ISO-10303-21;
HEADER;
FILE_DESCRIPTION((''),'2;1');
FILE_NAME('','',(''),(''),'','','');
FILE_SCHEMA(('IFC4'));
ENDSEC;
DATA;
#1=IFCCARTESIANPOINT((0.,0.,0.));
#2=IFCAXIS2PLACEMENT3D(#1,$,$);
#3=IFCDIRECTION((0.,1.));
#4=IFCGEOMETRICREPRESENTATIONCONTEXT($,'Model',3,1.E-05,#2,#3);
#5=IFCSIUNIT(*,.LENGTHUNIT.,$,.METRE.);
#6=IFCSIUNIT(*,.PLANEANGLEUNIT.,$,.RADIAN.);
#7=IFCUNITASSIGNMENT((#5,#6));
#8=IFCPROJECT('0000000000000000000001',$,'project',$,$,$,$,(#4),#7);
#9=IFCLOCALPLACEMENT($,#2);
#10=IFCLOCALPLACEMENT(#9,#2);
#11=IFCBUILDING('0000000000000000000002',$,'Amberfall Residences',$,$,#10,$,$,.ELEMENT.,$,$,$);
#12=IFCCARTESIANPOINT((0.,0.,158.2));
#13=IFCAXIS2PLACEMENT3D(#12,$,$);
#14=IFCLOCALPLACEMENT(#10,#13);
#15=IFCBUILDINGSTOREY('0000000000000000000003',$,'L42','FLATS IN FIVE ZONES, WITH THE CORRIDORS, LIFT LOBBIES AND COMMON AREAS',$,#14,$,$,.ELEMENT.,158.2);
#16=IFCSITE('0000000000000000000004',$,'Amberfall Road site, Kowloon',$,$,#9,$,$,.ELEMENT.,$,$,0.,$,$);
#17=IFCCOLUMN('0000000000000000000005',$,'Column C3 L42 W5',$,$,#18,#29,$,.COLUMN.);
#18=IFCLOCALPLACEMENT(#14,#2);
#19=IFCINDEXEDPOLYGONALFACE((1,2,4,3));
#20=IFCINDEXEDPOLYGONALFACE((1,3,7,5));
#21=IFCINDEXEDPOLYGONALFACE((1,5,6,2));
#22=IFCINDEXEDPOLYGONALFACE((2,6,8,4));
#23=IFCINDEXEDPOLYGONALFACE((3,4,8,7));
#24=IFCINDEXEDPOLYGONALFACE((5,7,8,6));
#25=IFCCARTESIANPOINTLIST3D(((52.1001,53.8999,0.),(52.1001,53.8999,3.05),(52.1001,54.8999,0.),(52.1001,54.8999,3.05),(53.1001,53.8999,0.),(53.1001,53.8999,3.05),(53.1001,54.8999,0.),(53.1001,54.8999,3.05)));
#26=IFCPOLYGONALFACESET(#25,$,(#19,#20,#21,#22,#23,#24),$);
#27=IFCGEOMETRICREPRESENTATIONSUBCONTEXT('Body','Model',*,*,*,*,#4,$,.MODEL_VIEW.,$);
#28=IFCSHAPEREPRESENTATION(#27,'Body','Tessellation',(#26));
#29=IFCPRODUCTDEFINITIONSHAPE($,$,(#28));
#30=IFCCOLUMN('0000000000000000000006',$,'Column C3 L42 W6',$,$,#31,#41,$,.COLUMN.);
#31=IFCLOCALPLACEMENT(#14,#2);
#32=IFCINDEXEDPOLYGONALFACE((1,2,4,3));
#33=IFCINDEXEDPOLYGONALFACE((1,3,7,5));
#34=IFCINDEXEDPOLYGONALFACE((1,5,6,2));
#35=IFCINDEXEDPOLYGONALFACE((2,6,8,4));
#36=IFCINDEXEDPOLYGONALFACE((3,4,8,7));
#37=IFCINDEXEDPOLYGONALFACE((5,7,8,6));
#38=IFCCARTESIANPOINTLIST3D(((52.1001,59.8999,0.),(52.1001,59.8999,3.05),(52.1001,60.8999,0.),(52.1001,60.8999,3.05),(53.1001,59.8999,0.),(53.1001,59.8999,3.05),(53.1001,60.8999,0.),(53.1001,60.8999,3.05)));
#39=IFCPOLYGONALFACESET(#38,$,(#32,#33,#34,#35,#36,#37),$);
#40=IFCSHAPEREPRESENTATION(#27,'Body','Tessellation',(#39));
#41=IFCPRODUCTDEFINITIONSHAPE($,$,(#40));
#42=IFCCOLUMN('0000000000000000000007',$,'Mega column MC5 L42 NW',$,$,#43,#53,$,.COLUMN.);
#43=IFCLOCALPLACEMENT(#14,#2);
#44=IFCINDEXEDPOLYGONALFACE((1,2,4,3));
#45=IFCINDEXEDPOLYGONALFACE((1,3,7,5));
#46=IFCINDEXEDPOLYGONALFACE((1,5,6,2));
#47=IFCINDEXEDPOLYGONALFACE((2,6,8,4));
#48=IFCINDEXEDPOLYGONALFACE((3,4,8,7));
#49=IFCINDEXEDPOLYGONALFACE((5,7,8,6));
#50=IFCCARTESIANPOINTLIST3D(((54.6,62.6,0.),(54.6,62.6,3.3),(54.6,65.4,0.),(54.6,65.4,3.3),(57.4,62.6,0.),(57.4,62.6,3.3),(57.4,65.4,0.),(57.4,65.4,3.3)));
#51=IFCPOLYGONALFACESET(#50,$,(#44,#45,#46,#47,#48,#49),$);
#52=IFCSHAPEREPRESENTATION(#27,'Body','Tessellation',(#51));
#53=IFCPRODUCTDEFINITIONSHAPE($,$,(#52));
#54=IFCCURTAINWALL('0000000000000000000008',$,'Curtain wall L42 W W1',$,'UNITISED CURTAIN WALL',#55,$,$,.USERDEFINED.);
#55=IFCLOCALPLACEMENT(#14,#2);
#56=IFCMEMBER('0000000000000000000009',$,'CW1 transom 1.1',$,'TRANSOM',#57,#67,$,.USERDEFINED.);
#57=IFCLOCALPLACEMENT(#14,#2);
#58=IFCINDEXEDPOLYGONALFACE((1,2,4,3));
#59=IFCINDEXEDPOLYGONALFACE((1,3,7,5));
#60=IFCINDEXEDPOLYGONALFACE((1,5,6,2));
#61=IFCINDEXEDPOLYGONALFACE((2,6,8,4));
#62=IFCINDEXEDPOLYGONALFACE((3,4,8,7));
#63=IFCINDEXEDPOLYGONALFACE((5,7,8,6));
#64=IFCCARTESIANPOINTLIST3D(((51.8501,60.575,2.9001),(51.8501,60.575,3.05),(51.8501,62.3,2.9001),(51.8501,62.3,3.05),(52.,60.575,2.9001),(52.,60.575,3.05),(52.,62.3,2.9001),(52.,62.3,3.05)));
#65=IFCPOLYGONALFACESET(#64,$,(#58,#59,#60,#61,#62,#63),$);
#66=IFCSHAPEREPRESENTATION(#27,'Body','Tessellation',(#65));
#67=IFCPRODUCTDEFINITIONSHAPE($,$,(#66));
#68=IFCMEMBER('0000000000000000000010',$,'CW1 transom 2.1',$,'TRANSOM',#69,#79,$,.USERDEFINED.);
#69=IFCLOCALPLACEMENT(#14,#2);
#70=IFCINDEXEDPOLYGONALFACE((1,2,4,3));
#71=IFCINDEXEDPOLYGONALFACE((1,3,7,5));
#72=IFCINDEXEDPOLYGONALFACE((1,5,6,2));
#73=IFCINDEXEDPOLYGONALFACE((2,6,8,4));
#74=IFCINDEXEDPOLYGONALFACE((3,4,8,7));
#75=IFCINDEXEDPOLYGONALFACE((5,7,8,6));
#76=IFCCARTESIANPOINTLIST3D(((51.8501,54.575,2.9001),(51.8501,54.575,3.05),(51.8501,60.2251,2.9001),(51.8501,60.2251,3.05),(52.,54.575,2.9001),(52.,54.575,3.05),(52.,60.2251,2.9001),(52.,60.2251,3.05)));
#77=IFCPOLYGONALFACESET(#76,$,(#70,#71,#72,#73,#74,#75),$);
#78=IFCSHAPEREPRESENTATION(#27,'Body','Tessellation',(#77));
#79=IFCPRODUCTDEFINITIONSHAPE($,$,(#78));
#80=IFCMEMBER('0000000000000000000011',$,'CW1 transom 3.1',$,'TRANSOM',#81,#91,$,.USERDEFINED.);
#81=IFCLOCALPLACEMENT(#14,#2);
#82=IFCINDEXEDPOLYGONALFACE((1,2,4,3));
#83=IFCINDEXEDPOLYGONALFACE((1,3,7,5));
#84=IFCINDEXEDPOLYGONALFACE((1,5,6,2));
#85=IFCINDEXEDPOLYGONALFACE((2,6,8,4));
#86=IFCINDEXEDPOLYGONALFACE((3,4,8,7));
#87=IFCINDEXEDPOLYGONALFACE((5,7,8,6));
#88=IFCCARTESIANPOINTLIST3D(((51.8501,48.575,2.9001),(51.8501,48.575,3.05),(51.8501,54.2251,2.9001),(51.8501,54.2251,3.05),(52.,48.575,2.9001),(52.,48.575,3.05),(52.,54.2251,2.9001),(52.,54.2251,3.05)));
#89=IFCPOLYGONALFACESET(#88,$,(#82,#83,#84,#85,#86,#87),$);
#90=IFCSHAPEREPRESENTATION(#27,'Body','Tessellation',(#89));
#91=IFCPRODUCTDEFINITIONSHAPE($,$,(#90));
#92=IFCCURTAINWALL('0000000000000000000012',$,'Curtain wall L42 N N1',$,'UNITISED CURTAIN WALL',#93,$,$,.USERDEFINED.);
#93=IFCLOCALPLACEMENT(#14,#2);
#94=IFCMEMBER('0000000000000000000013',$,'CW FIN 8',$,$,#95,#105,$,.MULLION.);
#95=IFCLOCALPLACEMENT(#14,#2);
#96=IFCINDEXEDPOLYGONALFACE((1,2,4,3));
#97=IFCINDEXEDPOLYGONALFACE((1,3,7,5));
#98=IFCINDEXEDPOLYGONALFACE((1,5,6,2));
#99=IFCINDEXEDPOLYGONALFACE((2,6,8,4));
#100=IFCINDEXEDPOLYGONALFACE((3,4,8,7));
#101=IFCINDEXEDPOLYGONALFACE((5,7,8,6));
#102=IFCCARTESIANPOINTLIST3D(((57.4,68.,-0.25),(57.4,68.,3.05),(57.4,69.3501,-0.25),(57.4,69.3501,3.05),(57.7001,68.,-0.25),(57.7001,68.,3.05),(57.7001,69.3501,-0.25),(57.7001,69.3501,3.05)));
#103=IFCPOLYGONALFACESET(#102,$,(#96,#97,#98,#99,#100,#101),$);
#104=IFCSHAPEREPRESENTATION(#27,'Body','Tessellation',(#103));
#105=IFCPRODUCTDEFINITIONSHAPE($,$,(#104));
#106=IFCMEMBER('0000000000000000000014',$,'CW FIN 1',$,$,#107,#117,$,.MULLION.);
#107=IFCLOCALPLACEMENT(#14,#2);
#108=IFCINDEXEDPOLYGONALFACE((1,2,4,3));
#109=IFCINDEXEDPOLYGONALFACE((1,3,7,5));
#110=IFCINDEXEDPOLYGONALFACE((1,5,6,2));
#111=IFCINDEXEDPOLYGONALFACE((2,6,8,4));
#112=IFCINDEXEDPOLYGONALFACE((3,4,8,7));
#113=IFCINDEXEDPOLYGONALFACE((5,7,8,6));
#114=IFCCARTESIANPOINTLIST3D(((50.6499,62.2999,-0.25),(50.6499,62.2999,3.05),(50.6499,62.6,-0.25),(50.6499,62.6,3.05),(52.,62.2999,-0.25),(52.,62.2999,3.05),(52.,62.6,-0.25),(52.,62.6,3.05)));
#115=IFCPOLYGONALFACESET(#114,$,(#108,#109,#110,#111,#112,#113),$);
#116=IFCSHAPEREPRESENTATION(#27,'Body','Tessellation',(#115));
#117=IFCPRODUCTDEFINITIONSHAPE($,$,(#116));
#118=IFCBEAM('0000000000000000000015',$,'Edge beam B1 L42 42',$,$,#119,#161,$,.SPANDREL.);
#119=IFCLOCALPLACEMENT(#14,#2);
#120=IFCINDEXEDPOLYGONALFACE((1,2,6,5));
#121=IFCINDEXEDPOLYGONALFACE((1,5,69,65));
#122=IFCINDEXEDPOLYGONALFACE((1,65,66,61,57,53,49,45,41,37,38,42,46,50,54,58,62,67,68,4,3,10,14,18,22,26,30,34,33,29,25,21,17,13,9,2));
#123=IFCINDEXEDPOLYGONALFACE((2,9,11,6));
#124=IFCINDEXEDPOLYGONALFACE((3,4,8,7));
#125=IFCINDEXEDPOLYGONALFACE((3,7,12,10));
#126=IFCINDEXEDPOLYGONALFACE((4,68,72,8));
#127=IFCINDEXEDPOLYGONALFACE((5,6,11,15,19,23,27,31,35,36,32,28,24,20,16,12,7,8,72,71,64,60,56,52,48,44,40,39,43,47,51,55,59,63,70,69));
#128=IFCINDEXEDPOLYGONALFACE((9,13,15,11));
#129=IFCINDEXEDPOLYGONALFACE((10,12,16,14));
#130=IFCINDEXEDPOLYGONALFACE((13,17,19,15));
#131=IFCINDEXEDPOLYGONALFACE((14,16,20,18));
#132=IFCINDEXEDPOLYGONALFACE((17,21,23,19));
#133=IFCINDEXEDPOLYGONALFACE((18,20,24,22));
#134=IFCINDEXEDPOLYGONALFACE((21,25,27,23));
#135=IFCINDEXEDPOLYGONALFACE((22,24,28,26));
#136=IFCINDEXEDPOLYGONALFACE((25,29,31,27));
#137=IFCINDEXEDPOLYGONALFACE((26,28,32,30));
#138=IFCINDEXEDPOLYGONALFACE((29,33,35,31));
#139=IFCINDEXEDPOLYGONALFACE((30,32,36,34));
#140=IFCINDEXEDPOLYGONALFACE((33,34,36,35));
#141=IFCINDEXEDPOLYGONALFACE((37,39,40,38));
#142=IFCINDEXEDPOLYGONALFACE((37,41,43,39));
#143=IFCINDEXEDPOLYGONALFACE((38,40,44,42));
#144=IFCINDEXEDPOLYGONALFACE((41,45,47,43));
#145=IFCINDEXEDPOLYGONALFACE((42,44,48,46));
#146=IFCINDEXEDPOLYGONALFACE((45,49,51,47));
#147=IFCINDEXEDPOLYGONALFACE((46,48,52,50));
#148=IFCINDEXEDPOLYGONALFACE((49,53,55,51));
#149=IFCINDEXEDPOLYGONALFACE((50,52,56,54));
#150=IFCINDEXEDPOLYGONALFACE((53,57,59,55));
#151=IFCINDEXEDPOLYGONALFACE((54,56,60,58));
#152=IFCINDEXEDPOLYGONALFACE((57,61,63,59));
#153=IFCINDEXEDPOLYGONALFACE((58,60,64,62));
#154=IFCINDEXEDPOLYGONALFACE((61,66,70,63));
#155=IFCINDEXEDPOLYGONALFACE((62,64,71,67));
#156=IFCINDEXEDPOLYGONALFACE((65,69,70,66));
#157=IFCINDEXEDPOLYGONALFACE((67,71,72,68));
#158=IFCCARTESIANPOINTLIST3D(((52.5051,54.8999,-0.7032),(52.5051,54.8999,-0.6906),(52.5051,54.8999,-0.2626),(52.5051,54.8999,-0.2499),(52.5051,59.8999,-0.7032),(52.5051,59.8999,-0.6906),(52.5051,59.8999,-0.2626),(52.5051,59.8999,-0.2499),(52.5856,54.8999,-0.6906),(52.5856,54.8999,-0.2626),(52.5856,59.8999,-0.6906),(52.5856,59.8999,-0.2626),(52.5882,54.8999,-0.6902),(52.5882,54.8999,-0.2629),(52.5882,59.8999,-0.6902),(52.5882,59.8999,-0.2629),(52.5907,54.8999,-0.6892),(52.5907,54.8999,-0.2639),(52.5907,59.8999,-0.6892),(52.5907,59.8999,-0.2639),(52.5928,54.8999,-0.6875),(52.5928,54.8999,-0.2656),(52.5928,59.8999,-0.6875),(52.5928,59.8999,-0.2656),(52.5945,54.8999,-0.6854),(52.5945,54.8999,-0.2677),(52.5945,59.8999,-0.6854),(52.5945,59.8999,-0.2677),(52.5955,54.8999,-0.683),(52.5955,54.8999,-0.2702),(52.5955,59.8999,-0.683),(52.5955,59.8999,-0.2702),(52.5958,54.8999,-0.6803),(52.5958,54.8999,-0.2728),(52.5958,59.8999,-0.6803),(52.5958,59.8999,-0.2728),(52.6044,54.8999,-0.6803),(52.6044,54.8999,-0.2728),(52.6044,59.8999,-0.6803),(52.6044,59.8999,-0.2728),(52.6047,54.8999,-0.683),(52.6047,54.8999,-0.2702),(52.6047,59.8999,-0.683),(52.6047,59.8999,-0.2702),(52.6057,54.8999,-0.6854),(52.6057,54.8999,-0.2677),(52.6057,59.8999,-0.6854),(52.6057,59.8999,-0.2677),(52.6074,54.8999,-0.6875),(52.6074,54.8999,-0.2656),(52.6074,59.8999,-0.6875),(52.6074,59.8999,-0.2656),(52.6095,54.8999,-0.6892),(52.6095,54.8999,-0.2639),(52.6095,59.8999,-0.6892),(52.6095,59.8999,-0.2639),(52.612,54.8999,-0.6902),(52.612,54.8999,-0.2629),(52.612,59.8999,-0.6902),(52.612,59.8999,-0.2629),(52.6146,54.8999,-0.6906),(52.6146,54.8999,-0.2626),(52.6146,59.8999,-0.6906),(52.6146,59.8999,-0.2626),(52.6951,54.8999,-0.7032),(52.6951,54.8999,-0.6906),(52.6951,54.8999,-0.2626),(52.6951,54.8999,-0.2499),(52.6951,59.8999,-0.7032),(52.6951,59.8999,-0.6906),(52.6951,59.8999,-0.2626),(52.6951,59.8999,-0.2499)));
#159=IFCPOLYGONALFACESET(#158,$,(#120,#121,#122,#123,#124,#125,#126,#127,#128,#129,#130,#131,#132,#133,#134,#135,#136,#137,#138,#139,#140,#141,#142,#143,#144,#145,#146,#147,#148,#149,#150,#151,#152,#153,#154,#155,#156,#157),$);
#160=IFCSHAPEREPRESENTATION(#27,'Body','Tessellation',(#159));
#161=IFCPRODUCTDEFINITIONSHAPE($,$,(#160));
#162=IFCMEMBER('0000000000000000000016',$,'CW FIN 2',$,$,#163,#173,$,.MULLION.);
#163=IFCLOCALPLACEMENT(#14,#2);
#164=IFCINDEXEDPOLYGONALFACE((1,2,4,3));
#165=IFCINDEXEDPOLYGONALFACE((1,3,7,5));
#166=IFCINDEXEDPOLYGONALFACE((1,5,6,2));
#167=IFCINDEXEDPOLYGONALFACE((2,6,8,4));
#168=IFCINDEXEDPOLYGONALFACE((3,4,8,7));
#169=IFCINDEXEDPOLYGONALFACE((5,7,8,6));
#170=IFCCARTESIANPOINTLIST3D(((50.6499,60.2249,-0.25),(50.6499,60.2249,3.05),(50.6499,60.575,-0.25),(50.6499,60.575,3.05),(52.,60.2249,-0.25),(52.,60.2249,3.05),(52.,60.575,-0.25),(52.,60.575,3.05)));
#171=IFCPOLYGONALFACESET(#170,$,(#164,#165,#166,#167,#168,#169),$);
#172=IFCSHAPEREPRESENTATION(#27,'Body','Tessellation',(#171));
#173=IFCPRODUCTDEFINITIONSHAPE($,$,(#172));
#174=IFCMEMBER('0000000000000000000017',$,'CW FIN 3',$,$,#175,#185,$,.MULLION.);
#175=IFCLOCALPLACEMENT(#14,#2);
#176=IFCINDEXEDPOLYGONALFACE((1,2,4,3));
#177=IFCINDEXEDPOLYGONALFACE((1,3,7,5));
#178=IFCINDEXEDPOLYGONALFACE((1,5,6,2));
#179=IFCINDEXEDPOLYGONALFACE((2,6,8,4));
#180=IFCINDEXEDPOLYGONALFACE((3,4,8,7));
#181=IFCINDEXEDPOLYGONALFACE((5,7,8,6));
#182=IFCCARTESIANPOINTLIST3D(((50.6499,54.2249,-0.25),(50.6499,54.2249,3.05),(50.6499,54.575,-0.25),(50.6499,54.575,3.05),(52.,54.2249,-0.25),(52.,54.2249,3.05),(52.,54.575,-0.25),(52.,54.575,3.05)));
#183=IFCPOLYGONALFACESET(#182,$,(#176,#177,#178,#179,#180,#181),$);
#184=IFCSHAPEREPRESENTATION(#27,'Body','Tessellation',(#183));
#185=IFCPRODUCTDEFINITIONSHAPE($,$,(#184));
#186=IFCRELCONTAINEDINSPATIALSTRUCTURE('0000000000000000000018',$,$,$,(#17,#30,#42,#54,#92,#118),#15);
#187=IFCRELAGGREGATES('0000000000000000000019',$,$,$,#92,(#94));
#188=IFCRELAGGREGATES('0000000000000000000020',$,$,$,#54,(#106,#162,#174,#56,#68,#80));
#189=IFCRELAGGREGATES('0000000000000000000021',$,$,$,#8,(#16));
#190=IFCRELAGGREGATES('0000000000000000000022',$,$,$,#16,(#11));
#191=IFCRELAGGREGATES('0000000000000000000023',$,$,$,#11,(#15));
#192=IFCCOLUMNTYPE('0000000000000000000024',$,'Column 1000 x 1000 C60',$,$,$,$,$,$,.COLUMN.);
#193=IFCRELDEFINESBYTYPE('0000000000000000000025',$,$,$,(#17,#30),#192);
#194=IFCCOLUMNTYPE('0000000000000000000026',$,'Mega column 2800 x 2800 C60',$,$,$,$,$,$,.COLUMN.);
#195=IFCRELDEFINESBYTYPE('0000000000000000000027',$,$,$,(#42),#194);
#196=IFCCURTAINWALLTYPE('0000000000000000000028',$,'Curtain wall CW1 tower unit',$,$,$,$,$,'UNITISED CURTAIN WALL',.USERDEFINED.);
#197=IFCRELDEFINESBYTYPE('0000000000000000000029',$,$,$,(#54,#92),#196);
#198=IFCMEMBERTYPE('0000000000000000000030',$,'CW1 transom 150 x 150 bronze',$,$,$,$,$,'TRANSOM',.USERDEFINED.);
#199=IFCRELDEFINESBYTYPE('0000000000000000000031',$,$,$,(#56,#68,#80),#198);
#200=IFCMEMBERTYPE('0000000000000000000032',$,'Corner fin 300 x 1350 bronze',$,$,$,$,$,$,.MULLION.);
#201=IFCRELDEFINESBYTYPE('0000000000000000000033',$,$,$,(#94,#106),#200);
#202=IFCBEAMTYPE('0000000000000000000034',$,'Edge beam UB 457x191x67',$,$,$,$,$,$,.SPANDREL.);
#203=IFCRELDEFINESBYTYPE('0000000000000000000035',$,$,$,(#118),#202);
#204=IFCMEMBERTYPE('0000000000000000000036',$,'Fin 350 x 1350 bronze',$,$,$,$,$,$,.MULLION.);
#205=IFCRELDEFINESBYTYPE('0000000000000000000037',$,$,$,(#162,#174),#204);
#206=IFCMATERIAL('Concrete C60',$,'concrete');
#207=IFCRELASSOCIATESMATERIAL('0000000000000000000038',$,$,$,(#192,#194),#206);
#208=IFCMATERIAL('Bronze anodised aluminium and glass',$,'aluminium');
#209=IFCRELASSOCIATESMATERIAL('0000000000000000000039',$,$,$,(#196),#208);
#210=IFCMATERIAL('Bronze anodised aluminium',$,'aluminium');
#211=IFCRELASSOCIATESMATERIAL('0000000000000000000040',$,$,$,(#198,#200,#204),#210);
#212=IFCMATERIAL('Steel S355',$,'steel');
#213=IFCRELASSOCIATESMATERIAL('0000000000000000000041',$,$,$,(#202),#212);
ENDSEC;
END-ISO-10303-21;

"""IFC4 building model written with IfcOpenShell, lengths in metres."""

from ifc_helpers import new_model, si_unit, direction, frame, origin, origin_2d, place, context, subcontext, project, spatial, rectangle, i_section, extrude, material, material_profile, profile_set, type_object, element, aggregate, save


model = new_model("IFC4")

# Units and contexts
model_context = context("Model", 3, precision=1e-05, world=origin(), true_north=direction((0.0, 1.0)))
body_context = subcontext(model_context, "Body", "Model", "MODEL_VIEW")
ifc_project = project(units=[si_unit("LENGTHUNIT", "METRE"), si_unit("PLANEANGLEUNIT", "RADIAN")], contexts=[model_context])

# Site, building, storey
site_placement = place(None, origin())
site = spatial("IfcSite", under=ifc_project, at=site_placement, Name="Amberfall Road site, Kowloon", CompositionType="ELEMENT", RefElevation=0.0)
building_placement = place(site_placement, origin())
building = spatial("IfcBuilding", under=site, at=building_placement, Name="Amberfall Residences", CompositionType="ELEMENT")
storey_placement = place(building_placement, frame((0.0, 0.0, 158.2)))
storey = spatial("IfcBuildingStorey", under=building, at=storey_placement, Name="L42", Description="FLATS IN FIVE ZONES, WITH THE CORRIDORS, LIFT LOBBIES AND COMMON AREAS", CompositionType="ELEMENT", Elevation=158.2)

# Columns
ifc_material_1 = material(Name="Concrete C60", Category="concrete")
ifc_material_profile_1 = material_profile(ifc_material_1, rectangle(XDim=1.0, YDim=1.0, at=origin_2d()), Name="Column 1000 x 1000 C60")
ifc_profile_set_1 = profile_set([ifc_material_profile_1], Name="Concrete C60")
column_type_1 = type_object("IfcColumnType", Name="Column 1000 x 1000 C60", PredefinedType="COLUMN", material=ifc_profile_set_1)
for number, where, z_axis, x_axis, name in (
    (1, (52.6001, 54.3999, 0.0), (0.0, 0.0, 1.0), (1.0, 0.0, 0.0), "Column C3 L42 W5"),
    (2, (52.6001, 60.3999, 0.0), (0.0, 0.0, 1.0), (1.0, 0.0, 0.0), "Column C3 L42 W6"),
):
    element("IfcColumn", number, at=place(storey_placement, frame(where, z_axis=z_axis, x_axis=x_axis)), inside=storey, type_object=column_type_1, Name=name, PredefinedType="COLUMN", context=body_context, shape_type="SweptSolid", body=[
        extrude(rectangle(XDim=1.0, YDim=1.0, at=origin_2d()), origin(), (0.0, 0.0, 1.0), 3.05),
    ])
ifc_material_profile_2 = material_profile(ifc_material_1, rectangle(XDim=2.8, YDim=2.8, at=origin_2d()), Name="Mega column 2800 x 2800 C60")
ifc_profile_set_2 = profile_set([ifc_material_profile_2], Name="Concrete C60")
column_type_2 = type_object("IfcColumnType", Name="Mega column 2800 x 2800 C60", PredefinedType="COLUMN", material=ifc_profile_set_2)
column_placement = place(storey_placement, frame((56.0, 64.0, 0.0), z_axis=(0.0, 0.0, 1.0), x_axis=(1.0, 0.0, 0.0)))
element("IfcColumn", 3, at=column_placement, inside=storey, type_object=column_type_2, Name="Mega column MC5 L42 NW", PredefinedType="COLUMN", context=body_context, shape_type="SweptSolid", body=[
    extrude(rectangle(XDim=2.8, YDim=2.8, at=origin_2d()), origin(), (0.0, 0.0, 1.0), 3.3),
])

# Curtain wall, members
ifc_material_2 = material(Name="Bronze anodised aluminium and glass", Category="aluminium")
curtain_wall_type = type_object("IfcCurtainWallType", Name="Curtain wall CW1 tower unit", ElementType="UNITISED CURTAIN WALL", PredefinedType="USERDEFINED", material=ifc_material_2)
curtain_wall_1_placement = place(storey_placement, origin())
curtain_wall_1 = element("IfcCurtainWall", 4, at=curtain_wall_1_placement, inside=storey, type_object=curtain_wall_type, Name="Curtain wall L42 W W1", ObjectType="UNITISED CURTAIN WALL", PredefinedType="USERDEFINED")
ifc_material_3 = material(Name="Bronze anodised aluminium", Category="aluminium")
ifc_material_profile_3 = material_profile(ifc_material_3, rectangle(XDim=0.1499, YDim=0.1499, at=origin_2d()), Name="CW1 transom 150 x 150 bronze")
ifc_profile_set_3 = profile_set([ifc_material_profile_3], Name="Bronze anodised aluminium")
member_type_1 = type_object("IfcMemberType", Name="CW1 transom 150 x 150 bronze", ElementType="TRANSOM", PredefinedType="USERDEFINED", material=ifc_profile_set_3)
member_1_placement = place(storey_placement, frame((51.925, 62.3, 2.9751), z_axis=(0.0, -1.0, 0.0), x_axis=(1.0, 0.0, 0.0)))
member_1 = element("IfcMember", 5, at=member_1_placement, type_object=member_type_1, Name="CW1 transom 1.1", ObjectType="TRANSOM", PredefinedType="USERDEFINED", context=body_context, shape_type="SweptSolid", body=[
    extrude(rectangle(XDim=0.1499, YDim=0.1499, at=origin_2d()), origin(), (0.0, 0.0, 1.0), 1.7251),
])
member_2_placement = place(storey_placement, frame((51.925, 60.2251, 2.9751), z_axis=(0.0, -1.0, 0.0), x_axis=(1.0, 0.0, 0.0)))
member_2 = element("IfcMember", 6, at=member_2_placement, type_object=member_type_1, Name="CW1 transom 2.1", ObjectType="TRANSOM", PredefinedType="USERDEFINED", context=body_context, shape_type="SweptSolid", body=[
    extrude(rectangle(XDim=0.1499, YDim=0.1499, at=origin_2d()), origin(), (0.0, 0.0, 1.0), 5.6501),
])
member_3_placement = place(storey_placement, frame((51.925, 54.2251, 2.9751), z_axis=(0.0, -1.0, 0.0), x_axis=(1.0, 0.0, 0.0)))
member_3 = element("IfcMember", 7, at=member_3_placement, type_object=member_type_1, Name="CW1 transom 3.1", ObjectType="TRANSOM", PredefinedType="USERDEFINED", context=body_context, shape_type="SweptSolid", body=[
    extrude(rectangle(XDim=0.1499, YDim=0.1499, at=origin_2d()), origin(), (0.0, 0.0, 1.0), 5.6501),
])

# Curtain wall, member
curtain_wall_2_placement = place(storey_placement, origin())
curtain_wall_2 = element("IfcCurtainWall", 8, at=curtain_wall_2_placement, inside=storey, type_object=curtain_wall_type, Name="Curtain wall L42 N N1", ObjectType="UNITISED CURTAIN WALL", PredefinedType="USERDEFINED")
ifc_material_profile_4 = material_profile(ifc_material_3, rectangle(XDim=1.3501, YDim=0.3, at=origin_2d()), Name="Corner fin 300 x 1350 bronze")
ifc_profile_set_4 = profile_set([ifc_material_profile_4], Name="Bronze anodised aluminium")
member_type_2 = type_object("IfcMemberType", Name="Corner fin 300 x 1350 bronze", PredefinedType="MULLION", material=ifc_profile_set_4)
member_4_placement = place(storey_placement, frame((57.55, 68.675, -0.25), z_axis=(0.0, 0.0, 1.0), x_axis=(0.0, -1.0, 0.0)))
member_4 = element("IfcMember", 9, at=member_4_placement, type_object=member_type_2, Name="CW FIN 8", PredefinedType="MULLION", context=body_context, shape_type="SweptSolid", body=[
    extrude(rectangle(XDim=1.3501, YDim=0.3, at=origin_2d()), origin(), (0.0, 0.0, 1.0), 3.3),
])
aggregate(curtain_wall_2, [member_4])

# Member
member_5_placement = place(storey_placement, frame((51.325, 62.45, -0.25), z_axis=(0.0, 0.0, 1.0), x_axis=(1.0, 0.0, 0.0)))
member_5 = element("IfcMember", 10, at=member_5_placement, type_object=member_type_2, Name="CW FIN 1", PredefinedType="MULLION", context=body_context, shape_type="SweptSolid", body=[
    extrude(rectangle(XDim=1.3501, YDim=0.3, at=origin_2d()), origin(), (0.0, 0.0, 1.0), 3.3),
])

# Beam
ifc_material_4 = material(Name="Steel S355", Category="steel")
ifc_material_profile_5 = material_profile(ifc_material_4, i_section(OverallWidth=0.1899, OverallDepth=0.4534, WebThickness=0.0085, FlangeThickness=0.0127, FilletRadius=0.0103, at=origin_2d()), Name="UB 457x191x67")
ifc_profile_set_5 = profile_set([ifc_material_profile_5], Name="Steel S355")
beam_type_1 = type_object("IfcBeamType", Name="Edge beam UB 457x191x67", PredefinedType="SPANDREL", material=ifc_profile_set_5)
beam_1_placement = place(storey_placement, frame((52.6001, 54.8999, -0.4766), z_axis=(0.0, 1.0, 0.0), x_axis=(-1.0, 0.0, 0.0)))
element("IfcBeam", 11, at=beam_1_placement, inside=storey, type_object=beam_type_1, Name="Edge beam B1 L42 42", PredefinedType="SPANDREL", context=body_context, shape_type="SweptSolid", body=[
    extrude(i_section(OverallWidth=0.1899, OverallDepth=0.4534, WebThickness=0.0085, FlangeThickness=0.0127, FilletRadius=0.0103, at=origin_2d()), origin(), (0.0, 0.0, 1.0), 5.0),
])

# Members
ifc_material_profile_6 = material_profile(ifc_material_3, rectangle(XDim=1.3501, YDim=0.3501, at=origin_2d()), Name="Fin 350 x 1350 bronze")
ifc_profile_set_6 = profile_set([ifc_material_profile_6], Name="Bronze anodised aluminium")
member_type_3 = type_object("IfcMemberType", Name="Fin 350 x 1350 bronze", PredefinedType="MULLION", material=ifc_profile_set_6)
member_6_placement = place(storey_placement, frame((51.325, 60.3999, -0.25), z_axis=(0.0, 0.0, 1.0), x_axis=(1.0, 0.0, 0.0)))
member_6 = element("IfcMember", 12, at=member_6_placement, type_object=member_type_3, Name="CW FIN 2", PredefinedType="MULLION", context=body_context, shape_type="SweptSolid", body=[
    extrude(rectangle(XDim=1.3501, YDim=0.3501, at=origin_2d()), origin(), (0.0, 0.0, 1.0), 3.3),
])
member_7_placement = place(storey_placement, frame((51.325, 54.3999, -0.25), z_axis=(0.0, 0.0, 1.0), x_axis=(1.0, 0.0, 0.0)))
member_7 = element("IfcMember", 13, at=member_7_placement, type_object=member_type_3, Name="CW FIN 3", PredefinedType="MULLION", context=body_context, shape_type="SweptSolid", body=[
    extrude(rectangle(XDim=1.3501, YDim=0.3501, at=origin_2d()), origin(), (0.0, 0.0, 1.0), 3.3),
])

aggregate(curtain_wall_1, [member_5, member_6, member_7, member_1, member_2, member_3])

save(model, "model.ifc")
